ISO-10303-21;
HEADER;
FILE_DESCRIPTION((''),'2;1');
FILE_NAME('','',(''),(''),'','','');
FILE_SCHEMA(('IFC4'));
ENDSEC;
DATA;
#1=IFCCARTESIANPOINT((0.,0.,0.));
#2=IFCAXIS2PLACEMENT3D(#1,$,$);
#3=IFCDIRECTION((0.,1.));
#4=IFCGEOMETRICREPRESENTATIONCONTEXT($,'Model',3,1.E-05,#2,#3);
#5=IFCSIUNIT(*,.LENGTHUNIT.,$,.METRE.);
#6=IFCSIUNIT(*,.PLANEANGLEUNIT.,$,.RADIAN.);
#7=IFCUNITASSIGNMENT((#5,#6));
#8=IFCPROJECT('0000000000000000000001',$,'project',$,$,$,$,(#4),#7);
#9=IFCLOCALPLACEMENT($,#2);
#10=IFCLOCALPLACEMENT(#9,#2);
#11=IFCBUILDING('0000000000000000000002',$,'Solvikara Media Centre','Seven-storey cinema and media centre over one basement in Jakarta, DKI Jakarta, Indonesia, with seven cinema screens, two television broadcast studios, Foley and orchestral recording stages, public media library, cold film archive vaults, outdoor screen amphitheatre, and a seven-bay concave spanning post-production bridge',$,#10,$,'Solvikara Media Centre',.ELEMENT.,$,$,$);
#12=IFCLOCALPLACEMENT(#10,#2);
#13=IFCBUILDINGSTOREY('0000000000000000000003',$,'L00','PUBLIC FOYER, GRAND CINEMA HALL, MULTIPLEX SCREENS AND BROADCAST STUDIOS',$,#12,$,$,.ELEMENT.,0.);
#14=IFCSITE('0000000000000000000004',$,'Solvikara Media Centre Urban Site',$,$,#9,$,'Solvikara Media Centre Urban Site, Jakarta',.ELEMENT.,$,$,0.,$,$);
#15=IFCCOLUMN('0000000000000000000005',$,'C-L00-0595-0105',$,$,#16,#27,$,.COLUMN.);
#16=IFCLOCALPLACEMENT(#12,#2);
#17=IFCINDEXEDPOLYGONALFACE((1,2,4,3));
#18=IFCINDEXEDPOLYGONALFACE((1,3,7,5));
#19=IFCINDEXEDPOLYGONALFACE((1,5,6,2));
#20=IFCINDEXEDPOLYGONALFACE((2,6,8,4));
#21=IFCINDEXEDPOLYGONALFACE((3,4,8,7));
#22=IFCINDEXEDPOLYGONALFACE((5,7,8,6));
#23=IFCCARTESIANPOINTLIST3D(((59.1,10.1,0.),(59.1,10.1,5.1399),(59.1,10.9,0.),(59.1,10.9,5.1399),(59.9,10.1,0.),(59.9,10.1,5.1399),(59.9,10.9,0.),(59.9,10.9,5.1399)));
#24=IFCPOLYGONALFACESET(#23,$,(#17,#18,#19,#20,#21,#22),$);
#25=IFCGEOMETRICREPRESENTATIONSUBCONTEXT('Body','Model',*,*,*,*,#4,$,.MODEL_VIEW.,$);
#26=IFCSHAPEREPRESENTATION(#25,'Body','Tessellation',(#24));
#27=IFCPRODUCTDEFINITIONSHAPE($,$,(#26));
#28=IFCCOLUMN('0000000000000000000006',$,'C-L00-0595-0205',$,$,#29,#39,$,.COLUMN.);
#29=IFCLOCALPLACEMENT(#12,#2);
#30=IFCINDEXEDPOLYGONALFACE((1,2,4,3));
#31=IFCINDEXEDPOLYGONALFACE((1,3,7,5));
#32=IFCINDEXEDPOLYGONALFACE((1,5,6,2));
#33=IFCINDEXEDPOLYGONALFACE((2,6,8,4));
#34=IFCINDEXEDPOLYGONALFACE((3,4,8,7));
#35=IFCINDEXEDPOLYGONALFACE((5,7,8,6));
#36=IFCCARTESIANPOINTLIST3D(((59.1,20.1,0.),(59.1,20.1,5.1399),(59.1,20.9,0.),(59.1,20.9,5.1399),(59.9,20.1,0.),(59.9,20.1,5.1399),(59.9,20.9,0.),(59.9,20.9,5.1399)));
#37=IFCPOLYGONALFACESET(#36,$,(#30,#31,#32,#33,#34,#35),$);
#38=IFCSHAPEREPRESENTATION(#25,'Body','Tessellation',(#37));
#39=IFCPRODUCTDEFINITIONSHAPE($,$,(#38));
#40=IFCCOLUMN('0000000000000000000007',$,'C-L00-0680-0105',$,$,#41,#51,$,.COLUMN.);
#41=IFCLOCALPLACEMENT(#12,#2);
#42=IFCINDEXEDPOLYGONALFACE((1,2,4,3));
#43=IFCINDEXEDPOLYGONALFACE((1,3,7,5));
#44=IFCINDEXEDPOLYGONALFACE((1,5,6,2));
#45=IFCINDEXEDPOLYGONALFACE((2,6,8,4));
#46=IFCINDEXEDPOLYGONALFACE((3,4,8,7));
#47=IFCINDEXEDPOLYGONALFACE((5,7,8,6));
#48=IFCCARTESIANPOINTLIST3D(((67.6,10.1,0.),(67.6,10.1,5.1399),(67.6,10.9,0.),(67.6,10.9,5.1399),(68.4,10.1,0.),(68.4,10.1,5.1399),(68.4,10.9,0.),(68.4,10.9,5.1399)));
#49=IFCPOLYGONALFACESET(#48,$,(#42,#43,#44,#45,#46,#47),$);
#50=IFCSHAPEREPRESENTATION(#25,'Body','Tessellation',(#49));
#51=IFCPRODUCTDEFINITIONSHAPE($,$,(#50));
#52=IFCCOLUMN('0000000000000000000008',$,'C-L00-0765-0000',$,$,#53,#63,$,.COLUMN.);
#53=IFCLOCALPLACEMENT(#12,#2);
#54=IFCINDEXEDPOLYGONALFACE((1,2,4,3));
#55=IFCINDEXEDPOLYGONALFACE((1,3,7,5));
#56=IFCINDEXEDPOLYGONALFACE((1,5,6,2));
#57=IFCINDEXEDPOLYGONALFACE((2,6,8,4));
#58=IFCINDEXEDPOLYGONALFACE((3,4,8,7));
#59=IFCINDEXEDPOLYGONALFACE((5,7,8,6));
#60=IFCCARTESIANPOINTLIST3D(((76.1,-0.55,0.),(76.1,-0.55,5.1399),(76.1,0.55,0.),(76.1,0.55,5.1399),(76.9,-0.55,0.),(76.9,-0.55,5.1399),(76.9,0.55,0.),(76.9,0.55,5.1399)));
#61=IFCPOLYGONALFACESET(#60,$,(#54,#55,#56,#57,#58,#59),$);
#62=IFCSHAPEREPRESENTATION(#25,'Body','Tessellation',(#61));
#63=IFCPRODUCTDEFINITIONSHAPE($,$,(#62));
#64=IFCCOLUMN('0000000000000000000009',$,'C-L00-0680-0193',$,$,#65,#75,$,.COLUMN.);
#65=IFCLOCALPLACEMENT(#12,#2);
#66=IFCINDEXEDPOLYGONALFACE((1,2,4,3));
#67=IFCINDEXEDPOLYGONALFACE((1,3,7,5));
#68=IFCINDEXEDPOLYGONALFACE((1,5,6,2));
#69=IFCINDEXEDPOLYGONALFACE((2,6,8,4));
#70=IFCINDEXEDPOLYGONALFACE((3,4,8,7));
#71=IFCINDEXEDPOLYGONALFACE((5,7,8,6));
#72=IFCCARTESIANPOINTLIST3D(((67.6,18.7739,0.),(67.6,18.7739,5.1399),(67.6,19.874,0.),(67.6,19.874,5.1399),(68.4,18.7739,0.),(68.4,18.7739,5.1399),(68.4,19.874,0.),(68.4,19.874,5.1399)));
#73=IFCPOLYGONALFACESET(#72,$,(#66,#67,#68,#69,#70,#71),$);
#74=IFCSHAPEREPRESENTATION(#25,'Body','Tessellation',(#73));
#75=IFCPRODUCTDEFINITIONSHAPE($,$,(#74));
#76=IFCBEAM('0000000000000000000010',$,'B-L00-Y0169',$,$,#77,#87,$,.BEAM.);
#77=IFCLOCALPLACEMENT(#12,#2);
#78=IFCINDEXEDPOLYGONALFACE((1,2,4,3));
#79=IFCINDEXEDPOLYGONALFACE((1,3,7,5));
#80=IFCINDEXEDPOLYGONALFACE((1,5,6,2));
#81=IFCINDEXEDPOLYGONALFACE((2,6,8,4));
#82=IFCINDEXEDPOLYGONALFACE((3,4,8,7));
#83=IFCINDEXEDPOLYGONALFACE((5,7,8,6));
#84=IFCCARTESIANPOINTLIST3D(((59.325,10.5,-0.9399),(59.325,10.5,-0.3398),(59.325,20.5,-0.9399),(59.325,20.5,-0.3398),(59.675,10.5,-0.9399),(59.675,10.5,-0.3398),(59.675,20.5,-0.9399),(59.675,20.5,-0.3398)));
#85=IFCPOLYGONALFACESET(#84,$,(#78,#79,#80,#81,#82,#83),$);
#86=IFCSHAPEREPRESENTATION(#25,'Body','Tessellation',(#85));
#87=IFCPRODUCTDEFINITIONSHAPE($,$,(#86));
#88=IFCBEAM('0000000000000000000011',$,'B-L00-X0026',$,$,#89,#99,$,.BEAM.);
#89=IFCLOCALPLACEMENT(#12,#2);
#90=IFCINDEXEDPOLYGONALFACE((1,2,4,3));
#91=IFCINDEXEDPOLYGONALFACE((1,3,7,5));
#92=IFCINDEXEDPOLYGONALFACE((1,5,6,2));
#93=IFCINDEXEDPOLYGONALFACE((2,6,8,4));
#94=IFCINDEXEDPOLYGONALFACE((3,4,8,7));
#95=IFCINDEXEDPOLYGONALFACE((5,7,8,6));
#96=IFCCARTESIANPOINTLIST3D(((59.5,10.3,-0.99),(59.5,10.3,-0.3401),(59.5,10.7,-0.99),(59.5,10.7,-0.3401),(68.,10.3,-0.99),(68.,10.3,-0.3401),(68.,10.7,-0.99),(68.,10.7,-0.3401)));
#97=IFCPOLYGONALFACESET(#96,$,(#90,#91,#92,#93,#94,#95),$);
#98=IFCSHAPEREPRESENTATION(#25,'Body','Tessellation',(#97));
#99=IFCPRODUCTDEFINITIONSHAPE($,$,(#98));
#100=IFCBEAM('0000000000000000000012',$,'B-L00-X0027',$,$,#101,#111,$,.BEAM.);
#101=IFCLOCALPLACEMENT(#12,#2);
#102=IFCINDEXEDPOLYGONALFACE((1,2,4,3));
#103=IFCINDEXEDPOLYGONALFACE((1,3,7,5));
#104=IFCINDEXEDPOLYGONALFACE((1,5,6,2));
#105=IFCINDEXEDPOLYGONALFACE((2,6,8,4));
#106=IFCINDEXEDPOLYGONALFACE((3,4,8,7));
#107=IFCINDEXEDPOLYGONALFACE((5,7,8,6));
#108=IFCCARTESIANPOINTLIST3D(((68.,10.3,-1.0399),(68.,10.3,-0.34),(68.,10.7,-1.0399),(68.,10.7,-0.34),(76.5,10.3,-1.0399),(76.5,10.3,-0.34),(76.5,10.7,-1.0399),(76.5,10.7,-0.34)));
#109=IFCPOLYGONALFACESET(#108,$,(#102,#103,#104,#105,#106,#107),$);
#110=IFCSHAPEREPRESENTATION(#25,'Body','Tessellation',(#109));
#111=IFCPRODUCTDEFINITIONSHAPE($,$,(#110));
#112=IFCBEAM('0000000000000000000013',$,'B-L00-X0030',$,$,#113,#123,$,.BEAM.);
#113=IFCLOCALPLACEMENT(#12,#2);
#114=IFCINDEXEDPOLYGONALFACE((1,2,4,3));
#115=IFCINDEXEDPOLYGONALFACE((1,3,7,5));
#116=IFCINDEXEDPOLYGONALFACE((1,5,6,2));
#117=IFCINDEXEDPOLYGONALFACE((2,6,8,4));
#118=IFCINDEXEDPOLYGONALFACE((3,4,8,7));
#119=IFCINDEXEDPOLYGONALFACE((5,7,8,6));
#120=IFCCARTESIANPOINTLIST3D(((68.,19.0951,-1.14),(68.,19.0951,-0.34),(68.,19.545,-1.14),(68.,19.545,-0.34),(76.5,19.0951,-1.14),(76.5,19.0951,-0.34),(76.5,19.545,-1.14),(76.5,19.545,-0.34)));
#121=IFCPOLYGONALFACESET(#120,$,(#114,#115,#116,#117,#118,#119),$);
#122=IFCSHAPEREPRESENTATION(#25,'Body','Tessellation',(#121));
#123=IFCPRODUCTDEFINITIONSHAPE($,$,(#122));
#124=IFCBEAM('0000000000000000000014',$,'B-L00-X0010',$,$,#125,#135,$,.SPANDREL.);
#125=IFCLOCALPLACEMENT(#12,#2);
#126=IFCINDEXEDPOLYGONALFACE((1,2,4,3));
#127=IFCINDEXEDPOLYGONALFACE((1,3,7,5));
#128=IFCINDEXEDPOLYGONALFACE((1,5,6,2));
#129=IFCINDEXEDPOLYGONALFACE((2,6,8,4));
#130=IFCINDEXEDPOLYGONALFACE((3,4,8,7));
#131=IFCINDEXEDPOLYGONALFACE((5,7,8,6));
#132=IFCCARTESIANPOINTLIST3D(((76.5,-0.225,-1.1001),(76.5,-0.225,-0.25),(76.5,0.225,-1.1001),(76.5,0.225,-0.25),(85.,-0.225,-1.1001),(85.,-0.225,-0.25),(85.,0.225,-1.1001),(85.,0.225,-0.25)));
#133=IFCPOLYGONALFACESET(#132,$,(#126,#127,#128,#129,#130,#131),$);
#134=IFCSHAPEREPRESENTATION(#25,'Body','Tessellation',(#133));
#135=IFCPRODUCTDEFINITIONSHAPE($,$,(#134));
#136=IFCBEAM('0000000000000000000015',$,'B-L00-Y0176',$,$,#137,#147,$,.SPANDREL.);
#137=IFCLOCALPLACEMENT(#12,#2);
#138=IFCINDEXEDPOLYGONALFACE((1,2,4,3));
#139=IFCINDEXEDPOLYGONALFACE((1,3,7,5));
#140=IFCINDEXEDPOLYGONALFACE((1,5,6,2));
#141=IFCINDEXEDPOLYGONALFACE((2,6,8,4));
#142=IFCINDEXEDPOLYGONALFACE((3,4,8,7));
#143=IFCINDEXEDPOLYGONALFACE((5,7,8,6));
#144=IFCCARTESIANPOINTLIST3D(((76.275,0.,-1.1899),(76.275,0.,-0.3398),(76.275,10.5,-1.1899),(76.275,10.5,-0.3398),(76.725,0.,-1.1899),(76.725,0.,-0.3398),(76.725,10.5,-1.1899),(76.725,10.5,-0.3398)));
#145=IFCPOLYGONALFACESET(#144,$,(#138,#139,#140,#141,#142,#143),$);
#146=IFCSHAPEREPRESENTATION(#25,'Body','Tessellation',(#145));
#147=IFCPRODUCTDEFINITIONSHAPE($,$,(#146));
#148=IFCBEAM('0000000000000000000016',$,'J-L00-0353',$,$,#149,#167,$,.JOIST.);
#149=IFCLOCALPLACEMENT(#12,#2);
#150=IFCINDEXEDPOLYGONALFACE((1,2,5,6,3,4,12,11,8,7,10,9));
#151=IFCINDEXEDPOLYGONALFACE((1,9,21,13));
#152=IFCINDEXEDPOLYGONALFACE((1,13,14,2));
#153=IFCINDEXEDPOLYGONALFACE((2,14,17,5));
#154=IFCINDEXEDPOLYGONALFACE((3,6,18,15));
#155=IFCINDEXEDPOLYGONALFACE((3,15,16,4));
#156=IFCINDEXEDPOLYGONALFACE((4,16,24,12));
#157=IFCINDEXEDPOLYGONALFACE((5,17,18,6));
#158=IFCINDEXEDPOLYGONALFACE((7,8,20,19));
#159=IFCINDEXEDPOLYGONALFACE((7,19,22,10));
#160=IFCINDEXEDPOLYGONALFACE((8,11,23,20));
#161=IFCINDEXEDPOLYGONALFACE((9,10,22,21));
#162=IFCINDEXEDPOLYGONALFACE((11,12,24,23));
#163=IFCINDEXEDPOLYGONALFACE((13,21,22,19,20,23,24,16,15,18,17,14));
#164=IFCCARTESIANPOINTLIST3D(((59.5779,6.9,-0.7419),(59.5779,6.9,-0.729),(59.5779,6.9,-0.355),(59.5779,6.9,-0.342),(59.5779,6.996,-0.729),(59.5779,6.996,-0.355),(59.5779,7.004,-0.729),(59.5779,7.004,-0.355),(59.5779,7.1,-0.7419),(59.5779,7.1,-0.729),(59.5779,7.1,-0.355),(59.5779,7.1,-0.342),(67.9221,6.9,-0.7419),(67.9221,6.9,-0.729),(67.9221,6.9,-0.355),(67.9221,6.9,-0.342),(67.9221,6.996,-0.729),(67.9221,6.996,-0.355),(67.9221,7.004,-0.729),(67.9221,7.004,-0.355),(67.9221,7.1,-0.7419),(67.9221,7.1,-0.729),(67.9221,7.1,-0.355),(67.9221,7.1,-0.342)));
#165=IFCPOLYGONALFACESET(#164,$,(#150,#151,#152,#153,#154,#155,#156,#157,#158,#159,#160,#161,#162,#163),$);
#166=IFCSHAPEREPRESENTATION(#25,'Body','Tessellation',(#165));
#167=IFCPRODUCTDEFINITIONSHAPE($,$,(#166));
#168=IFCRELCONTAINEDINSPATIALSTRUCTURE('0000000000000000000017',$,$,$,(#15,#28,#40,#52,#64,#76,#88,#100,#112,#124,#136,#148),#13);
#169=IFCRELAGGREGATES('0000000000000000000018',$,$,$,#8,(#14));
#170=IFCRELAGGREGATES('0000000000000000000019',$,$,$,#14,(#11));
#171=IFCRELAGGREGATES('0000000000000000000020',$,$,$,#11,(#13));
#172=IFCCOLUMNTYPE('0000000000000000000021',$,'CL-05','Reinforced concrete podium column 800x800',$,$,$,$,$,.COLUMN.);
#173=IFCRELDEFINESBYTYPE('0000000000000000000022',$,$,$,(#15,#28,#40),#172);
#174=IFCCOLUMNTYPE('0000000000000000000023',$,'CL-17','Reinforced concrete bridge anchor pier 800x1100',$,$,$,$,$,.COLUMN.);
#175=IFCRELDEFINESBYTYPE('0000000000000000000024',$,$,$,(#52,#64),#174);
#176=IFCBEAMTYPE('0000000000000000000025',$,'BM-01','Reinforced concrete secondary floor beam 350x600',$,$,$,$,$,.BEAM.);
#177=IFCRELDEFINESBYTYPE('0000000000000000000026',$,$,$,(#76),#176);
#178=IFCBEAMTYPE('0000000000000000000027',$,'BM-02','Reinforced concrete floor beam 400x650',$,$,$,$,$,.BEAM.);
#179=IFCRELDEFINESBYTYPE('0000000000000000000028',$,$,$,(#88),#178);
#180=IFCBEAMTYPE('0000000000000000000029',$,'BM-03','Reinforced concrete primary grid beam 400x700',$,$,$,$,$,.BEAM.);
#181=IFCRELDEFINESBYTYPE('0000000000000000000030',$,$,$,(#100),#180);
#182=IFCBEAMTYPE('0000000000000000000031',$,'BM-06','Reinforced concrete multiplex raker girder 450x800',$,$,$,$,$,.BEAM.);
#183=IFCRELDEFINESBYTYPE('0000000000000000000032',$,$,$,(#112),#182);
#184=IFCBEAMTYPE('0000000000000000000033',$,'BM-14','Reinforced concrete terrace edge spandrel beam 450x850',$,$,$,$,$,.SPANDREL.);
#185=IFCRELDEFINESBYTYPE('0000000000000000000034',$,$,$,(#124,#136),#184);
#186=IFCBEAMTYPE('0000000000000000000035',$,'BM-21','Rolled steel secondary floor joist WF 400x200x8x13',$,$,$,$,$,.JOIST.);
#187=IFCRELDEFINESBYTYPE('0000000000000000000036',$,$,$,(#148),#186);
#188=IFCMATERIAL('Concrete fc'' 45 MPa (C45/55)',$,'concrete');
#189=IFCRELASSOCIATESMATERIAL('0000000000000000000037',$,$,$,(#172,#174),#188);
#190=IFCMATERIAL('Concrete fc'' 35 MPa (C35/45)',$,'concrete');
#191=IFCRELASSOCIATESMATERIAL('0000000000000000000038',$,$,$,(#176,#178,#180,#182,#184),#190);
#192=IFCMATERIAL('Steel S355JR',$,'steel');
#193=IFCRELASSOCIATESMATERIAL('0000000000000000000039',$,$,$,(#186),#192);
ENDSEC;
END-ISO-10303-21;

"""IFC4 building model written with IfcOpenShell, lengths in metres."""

from ifc_helpers import new_model, si_unit, direction, frame, origin, origin_2d, place, context, subcontext, project, spatial, rectangle, i_section, extrude, material, material_profile, profile_set, type_object, element, save


model = new_model("IFC4")

# Units and contexts
model_context = context("Model", 3, precision=1e-05, world=origin(), true_north=direction((0.0, 1.0)))
body_context = subcontext(model_context, "Body", "Model", "MODEL_VIEW")
ifc_project = project(units=[si_unit("LENGTHUNIT", "METRE"), si_unit("PLANEANGLEUNIT", "RADIAN")], contexts=[model_context])

# Site, building, storey
site_placement = place(None, origin())
site = spatial("IfcSite", under=ifc_project, at=site_placement, Name="Solvikara Media Centre Urban Site", LongName="Solvikara Media Centre Urban Site, Jakarta", CompositionType="ELEMENT", RefElevation=0.0)
building_placement = place(site_placement, origin())
building = spatial("IfcBuilding", under=site, at=building_placement, Name="Solvikara Media Centre", Description="Seven-storey cinema and media centre over one basement in Jakarta, DKI Jakarta, Indonesia, with seven cinema screens, two television broadcast studios, Foley and orchestral recording stages, public media library, cold film archive vaults, outdoor screen amphitheatre, and a seven-bay concave spanning post-production bridge", LongName="Solvikara Media Centre", CompositionType="ELEMENT")
storey_placement = place(building_placement, origin())
storey = spatial("IfcBuildingStorey", under=building, at=storey_placement, Name="L00", Description="PUBLIC FOYER, GRAND CINEMA HALL, MULTIPLEX SCREENS AND BROADCAST STUDIOS", CompositionType="ELEMENT", Elevation=0.0)

# Columns
ifc_material_1 = material(Name="Concrete fc' 45 MPa (C45/55)", Category="concrete")
ifc_material_profile_1 = material_profile(ifc_material_1, rectangle(XDim=0.8, YDim=0.8, at=origin_2d()), Name="RC 800x800")
ifc_profile_set_1 = profile_set([ifc_material_profile_1], Name="Concrete fc' 45 MPa (C45/55)")
column_type_1 = type_object("IfcColumnType", Name="CL-05", Description="Reinforced concrete podium column 800x800", PredefinedType="COLUMN", material=ifc_profile_set_1)
for number, where, z_axis, x_axis, name in (
    (1, (59.5, 10.5, 0.0), (0.0, 0.0, 1.0), (1.0, 0.0, 0.0), "C-L00-0595-0105"),
    (2, (59.5, 20.5, 0.0), (0.0, 0.0, 1.0), (1.0, 0.0, 0.0), "C-L00-0595-0205"),
    (3, (68.0, 10.5, 0.0), (0.0, 0.0, 1.0), (1.0, 0.0, 0.0), "C-L00-0680-0105"),
):
    element("IfcColumn", number, at=place(storey_placement, frame(where, z_axis=z_axis, x_axis=x_axis)), inside=storey, type_object=column_type_1, Name=name, PredefinedType="COLUMN", context=body_context, shape_type="SweptSolid", body=[
        extrude(rectangle(XDim=0.8, YDim=0.8, at=origin_2d()), origin(), (0.0, 0.0, 1.0), 5.1399),
    ])
ifc_material_profile_2 = material_profile(ifc_material_1, rectangle(XDim=0.8, YDim=1.1001, at=origin_2d()), Name="RC 800x1100")
ifc_profile_set_2 = profile_set([ifc_material_profile_2], Name="Concrete fc' 45 MPa (C45/55)")
column_type_2 = type_object("IfcColumnType", Name="CL-17", Description="Reinforced concrete bridge anchor pier 800x1100", PredefinedType="COLUMN", material=ifc_profile_set_2)
for number, where, z_axis, x_axis, name in (
    (4, (76.5, 0.0, 0.0), (0.0, 0.0, 1.0), (1.0, 0.0, 0.0), "C-L00-0765-0000"),
    (5, (68.0, 19.324, 0.0), (0.0, 0.0, 1.0), (1.0, 0.0, 0.0), "C-L00-0680-0193"),
):
    element("IfcColumn", number, at=place(storey_placement, frame(where, z_axis=z_axis, x_axis=x_axis)), inside=storey, type_object=column_type_2, Name=name, PredefinedType="COLUMN", context=body_context, shape_type="SweptSolid", body=[
        extrude(rectangle(XDim=0.8, YDim=1.1001, at=origin_2d()), origin(), (0.0, 0.0, 1.0), 5.1399),
    ])

# Beams
ifc_material_2 = material(Name="Concrete fc' 35 MPa (C35/45)", Category="concrete")
ifc_material_profile_3 = material_profile(ifc_material_2, rectangle(XDim=0.3501, YDim=0.6001, at=origin_2d()), Name="RC 350x600")
ifc_profile_set_3 = profile_set([ifc_material_profile_3], Name="Concrete fc' 35 MPa (C35/45)")
beam_type_1 = type_object("IfcBeamType", Name="BM-01", Description="Reinforced concrete secondary floor beam 350x600", PredefinedType="BEAM", material=ifc_profile_set_3)
beam_1_placement = place(storey_placement, frame((59.5, 10.5, -0.6399), z_axis=(0.0, 1.0, 0.0), x_axis=(-1.0, 0.0, 0.0)))
element("IfcBeam", 6, at=beam_1_placement, inside=storey, type_object=beam_type_1, Name="B-L00-Y0169", PredefinedType="BEAM", context=body_context, shape_type="SweptSolid", body=[
    extrude(rectangle(XDim=0.3501, YDim=0.6001, at=origin_2d()), origin(), (0.0, 0.0, 1.0), 10.0),
])
ifc_material_profile_4 = material_profile(ifc_material_2, rectangle(XDim=0.3999, YDim=0.6499, at=origin_2d()), Name="RC 400x650")
ifc_profile_set_4 = profile_set([ifc_material_profile_4], Name="Concrete fc' 35 MPa (C35/45)")
beam_type_2 = type_object("IfcBeamType", Name="BM-02", Description="Reinforced concrete floor beam 400x650", PredefinedType="BEAM", material=ifc_profile_set_4)
beam_2_placement = place(storey_placement, frame((59.5, 10.5, -0.665), z_axis=(1.0, 0.0, 0.0), x_axis=(0.0, 1.0, 0.0)))
element("IfcBeam", 7, at=beam_2_placement, inside=storey, type_object=beam_type_2, Name="B-L00-X0026", PredefinedType="BEAM", context=body_context, shape_type="SweptSolid", body=[
    extrude(rectangle(XDim=0.3999, YDim=0.6499, at=origin_2d()), origin(), (0.0, 0.0, 1.0), 8.5),
])
ifc_material_profile_5 = material_profile(ifc_material_2, rectangle(XDim=0.3999, YDim=0.7, at=origin_2d()), Name="RC 400x700")
ifc_profile_set_5 = profile_set([ifc_material_profile_5], Name="Concrete fc' 35 MPa (C35/45)")
beam_type_3 = type_object("IfcBeamType", Name="BM-03", Description="Reinforced concrete primary grid beam 400x700", PredefinedType="BEAM", material=ifc_profile_set_5)
beam_3_placement = place(storey_placement, frame((68.0, 10.5, -0.6899), z_axis=(1.0, 0.0, 0.0), x_axis=(0.0, 1.0, 0.0)))
element("IfcBeam", 8, at=beam_3_placement, inside=storey, type_object=beam_type_3, Name="B-L00-X0027", PredefinedType="BEAM", context=body_context, shape_type="SweptSolid", body=[
    extrude(rectangle(XDim=0.3999, YDim=0.7, at=origin_2d()), origin(), (0.0, 0.0, 1.0), 8.5),
])
ifc_material_profile_6 = material_profile(ifc_material_2, rectangle(XDim=0.45, YDim=0.8, at=origin_2d()), Name="RC 450x800")
ifc_profile_set_6 = profile_set([ifc_material_profile_6], Name="Concrete fc' 35 MPa (C35/45)")
beam_type_4 = type_object("IfcBeamType", Name="BM-06", Description="Reinforced concrete multiplex raker girder 450x800", PredefinedType="BEAM", material=ifc_profile_set_6)
beam_4_placement = place(storey_placement, frame((68.0, 19.3201, -0.74), z_axis=(1.0, 0.0, 0.0), x_axis=(0.0, 1.0, 0.0)))
element("IfcBeam", 9, at=beam_4_placement, inside=storey, type_object=beam_type_4, Name="B-L00-X0030", PredefinedType="BEAM", context=body_context, shape_type="SweptSolid", body=[
    extrude(rectangle(XDim=0.45, YDim=0.8, at=origin_2d()), origin(), (0.0, 0.0, 1.0), 8.5),
])
ifc_material_profile_7 = material_profile(ifc_material_2, rectangle(XDim=0.45, YDim=0.8501, at=origin_2d()), Name="RC 450x850")
ifc_profile_set_7 = profile_set([ifc_material_profile_7], Name="Concrete fc' 35 MPa (C35/45)")
beam_type_5 = type_object("IfcBeamType", Name="BM-14", Description="Reinforced concrete terrace edge spandrel beam 450x850", PredefinedType="SPANDREL", material=ifc_profile_set_7)
beam_5_placement = place(storey_placement, frame((76.5, 0.0, -0.675), z_axis=(1.0, 0.0, 0.0), x_axis=(0.0, 1.0, 0.0)))
element("IfcBeam", 10, at=beam_5_placement, inside=storey, type_object=beam_type_5, Name="B-L00-X0010", PredefinedType="SPANDREL", context=body_context, shape_type="SweptSolid", body=[
    extrude(rectangle(XDim=0.45, YDim=0.8501, at=origin_2d()), origin(), (0.0, 0.0, 1.0), 8.5),
])
beam_6_placement = place(storey_placement, frame((76.5, 0.0, -0.7649), z_axis=(0.0, 1.0, 0.0), x_axis=(-1.0, 0.0, 0.0)))
element("IfcBeam", 11, at=beam_6_placement, inside=storey, type_object=beam_type_5, Name="B-L00-Y0176", PredefinedType="SPANDREL", context=body_context, shape_type="SweptSolid", body=[
    extrude(rectangle(XDim=0.45, YDim=0.8501, at=origin_2d()), origin(), (0.0, 0.0, 1.0), 10.5),
])
ifc_material_3 = material(Name="Steel S355JR", Category="steel")
ifc_material_profile_8 = material_profile(ifc_material_3, i_section(OverallWidth=0.2, OverallDepth=0.3999, WebThickness=0.0081, FlangeThickness=0.0129, at=origin_2d()), Name="WF 400x200x8x13")
ifc_profile_set_8 = profile_set([ifc_material_profile_8], Name="Steel S355JR")
beam_type_6 = type_object("IfcBeamType", Name="BM-21", Description="Rolled steel secondary floor joist WF 400x200x8x13", PredefinedType="JOIST", material=ifc_profile_set_8)
beam_7_placement = place(storey_placement, frame((59.5779, 7.0, -0.542), z_axis=(1.0, 0.0, 0.0), x_axis=(0.0, 1.0, 0.0)))
element("IfcBeam", 12, at=beam_7_placement, inside=storey, type_object=beam_type_6, Name="J-L00-0353", PredefinedType="JOIST", context=body_context, shape_type="SweptSolid", body=[
    extrude(i_section(OverallWidth=0.2, OverallDepth=0.3999, WebThickness=0.0081, FlangeThickness=0.0129, at=origin_2d()), origin(), (0.0, 0.0, 1.0), 8.3442),
])

save(model, "model.ifc")
